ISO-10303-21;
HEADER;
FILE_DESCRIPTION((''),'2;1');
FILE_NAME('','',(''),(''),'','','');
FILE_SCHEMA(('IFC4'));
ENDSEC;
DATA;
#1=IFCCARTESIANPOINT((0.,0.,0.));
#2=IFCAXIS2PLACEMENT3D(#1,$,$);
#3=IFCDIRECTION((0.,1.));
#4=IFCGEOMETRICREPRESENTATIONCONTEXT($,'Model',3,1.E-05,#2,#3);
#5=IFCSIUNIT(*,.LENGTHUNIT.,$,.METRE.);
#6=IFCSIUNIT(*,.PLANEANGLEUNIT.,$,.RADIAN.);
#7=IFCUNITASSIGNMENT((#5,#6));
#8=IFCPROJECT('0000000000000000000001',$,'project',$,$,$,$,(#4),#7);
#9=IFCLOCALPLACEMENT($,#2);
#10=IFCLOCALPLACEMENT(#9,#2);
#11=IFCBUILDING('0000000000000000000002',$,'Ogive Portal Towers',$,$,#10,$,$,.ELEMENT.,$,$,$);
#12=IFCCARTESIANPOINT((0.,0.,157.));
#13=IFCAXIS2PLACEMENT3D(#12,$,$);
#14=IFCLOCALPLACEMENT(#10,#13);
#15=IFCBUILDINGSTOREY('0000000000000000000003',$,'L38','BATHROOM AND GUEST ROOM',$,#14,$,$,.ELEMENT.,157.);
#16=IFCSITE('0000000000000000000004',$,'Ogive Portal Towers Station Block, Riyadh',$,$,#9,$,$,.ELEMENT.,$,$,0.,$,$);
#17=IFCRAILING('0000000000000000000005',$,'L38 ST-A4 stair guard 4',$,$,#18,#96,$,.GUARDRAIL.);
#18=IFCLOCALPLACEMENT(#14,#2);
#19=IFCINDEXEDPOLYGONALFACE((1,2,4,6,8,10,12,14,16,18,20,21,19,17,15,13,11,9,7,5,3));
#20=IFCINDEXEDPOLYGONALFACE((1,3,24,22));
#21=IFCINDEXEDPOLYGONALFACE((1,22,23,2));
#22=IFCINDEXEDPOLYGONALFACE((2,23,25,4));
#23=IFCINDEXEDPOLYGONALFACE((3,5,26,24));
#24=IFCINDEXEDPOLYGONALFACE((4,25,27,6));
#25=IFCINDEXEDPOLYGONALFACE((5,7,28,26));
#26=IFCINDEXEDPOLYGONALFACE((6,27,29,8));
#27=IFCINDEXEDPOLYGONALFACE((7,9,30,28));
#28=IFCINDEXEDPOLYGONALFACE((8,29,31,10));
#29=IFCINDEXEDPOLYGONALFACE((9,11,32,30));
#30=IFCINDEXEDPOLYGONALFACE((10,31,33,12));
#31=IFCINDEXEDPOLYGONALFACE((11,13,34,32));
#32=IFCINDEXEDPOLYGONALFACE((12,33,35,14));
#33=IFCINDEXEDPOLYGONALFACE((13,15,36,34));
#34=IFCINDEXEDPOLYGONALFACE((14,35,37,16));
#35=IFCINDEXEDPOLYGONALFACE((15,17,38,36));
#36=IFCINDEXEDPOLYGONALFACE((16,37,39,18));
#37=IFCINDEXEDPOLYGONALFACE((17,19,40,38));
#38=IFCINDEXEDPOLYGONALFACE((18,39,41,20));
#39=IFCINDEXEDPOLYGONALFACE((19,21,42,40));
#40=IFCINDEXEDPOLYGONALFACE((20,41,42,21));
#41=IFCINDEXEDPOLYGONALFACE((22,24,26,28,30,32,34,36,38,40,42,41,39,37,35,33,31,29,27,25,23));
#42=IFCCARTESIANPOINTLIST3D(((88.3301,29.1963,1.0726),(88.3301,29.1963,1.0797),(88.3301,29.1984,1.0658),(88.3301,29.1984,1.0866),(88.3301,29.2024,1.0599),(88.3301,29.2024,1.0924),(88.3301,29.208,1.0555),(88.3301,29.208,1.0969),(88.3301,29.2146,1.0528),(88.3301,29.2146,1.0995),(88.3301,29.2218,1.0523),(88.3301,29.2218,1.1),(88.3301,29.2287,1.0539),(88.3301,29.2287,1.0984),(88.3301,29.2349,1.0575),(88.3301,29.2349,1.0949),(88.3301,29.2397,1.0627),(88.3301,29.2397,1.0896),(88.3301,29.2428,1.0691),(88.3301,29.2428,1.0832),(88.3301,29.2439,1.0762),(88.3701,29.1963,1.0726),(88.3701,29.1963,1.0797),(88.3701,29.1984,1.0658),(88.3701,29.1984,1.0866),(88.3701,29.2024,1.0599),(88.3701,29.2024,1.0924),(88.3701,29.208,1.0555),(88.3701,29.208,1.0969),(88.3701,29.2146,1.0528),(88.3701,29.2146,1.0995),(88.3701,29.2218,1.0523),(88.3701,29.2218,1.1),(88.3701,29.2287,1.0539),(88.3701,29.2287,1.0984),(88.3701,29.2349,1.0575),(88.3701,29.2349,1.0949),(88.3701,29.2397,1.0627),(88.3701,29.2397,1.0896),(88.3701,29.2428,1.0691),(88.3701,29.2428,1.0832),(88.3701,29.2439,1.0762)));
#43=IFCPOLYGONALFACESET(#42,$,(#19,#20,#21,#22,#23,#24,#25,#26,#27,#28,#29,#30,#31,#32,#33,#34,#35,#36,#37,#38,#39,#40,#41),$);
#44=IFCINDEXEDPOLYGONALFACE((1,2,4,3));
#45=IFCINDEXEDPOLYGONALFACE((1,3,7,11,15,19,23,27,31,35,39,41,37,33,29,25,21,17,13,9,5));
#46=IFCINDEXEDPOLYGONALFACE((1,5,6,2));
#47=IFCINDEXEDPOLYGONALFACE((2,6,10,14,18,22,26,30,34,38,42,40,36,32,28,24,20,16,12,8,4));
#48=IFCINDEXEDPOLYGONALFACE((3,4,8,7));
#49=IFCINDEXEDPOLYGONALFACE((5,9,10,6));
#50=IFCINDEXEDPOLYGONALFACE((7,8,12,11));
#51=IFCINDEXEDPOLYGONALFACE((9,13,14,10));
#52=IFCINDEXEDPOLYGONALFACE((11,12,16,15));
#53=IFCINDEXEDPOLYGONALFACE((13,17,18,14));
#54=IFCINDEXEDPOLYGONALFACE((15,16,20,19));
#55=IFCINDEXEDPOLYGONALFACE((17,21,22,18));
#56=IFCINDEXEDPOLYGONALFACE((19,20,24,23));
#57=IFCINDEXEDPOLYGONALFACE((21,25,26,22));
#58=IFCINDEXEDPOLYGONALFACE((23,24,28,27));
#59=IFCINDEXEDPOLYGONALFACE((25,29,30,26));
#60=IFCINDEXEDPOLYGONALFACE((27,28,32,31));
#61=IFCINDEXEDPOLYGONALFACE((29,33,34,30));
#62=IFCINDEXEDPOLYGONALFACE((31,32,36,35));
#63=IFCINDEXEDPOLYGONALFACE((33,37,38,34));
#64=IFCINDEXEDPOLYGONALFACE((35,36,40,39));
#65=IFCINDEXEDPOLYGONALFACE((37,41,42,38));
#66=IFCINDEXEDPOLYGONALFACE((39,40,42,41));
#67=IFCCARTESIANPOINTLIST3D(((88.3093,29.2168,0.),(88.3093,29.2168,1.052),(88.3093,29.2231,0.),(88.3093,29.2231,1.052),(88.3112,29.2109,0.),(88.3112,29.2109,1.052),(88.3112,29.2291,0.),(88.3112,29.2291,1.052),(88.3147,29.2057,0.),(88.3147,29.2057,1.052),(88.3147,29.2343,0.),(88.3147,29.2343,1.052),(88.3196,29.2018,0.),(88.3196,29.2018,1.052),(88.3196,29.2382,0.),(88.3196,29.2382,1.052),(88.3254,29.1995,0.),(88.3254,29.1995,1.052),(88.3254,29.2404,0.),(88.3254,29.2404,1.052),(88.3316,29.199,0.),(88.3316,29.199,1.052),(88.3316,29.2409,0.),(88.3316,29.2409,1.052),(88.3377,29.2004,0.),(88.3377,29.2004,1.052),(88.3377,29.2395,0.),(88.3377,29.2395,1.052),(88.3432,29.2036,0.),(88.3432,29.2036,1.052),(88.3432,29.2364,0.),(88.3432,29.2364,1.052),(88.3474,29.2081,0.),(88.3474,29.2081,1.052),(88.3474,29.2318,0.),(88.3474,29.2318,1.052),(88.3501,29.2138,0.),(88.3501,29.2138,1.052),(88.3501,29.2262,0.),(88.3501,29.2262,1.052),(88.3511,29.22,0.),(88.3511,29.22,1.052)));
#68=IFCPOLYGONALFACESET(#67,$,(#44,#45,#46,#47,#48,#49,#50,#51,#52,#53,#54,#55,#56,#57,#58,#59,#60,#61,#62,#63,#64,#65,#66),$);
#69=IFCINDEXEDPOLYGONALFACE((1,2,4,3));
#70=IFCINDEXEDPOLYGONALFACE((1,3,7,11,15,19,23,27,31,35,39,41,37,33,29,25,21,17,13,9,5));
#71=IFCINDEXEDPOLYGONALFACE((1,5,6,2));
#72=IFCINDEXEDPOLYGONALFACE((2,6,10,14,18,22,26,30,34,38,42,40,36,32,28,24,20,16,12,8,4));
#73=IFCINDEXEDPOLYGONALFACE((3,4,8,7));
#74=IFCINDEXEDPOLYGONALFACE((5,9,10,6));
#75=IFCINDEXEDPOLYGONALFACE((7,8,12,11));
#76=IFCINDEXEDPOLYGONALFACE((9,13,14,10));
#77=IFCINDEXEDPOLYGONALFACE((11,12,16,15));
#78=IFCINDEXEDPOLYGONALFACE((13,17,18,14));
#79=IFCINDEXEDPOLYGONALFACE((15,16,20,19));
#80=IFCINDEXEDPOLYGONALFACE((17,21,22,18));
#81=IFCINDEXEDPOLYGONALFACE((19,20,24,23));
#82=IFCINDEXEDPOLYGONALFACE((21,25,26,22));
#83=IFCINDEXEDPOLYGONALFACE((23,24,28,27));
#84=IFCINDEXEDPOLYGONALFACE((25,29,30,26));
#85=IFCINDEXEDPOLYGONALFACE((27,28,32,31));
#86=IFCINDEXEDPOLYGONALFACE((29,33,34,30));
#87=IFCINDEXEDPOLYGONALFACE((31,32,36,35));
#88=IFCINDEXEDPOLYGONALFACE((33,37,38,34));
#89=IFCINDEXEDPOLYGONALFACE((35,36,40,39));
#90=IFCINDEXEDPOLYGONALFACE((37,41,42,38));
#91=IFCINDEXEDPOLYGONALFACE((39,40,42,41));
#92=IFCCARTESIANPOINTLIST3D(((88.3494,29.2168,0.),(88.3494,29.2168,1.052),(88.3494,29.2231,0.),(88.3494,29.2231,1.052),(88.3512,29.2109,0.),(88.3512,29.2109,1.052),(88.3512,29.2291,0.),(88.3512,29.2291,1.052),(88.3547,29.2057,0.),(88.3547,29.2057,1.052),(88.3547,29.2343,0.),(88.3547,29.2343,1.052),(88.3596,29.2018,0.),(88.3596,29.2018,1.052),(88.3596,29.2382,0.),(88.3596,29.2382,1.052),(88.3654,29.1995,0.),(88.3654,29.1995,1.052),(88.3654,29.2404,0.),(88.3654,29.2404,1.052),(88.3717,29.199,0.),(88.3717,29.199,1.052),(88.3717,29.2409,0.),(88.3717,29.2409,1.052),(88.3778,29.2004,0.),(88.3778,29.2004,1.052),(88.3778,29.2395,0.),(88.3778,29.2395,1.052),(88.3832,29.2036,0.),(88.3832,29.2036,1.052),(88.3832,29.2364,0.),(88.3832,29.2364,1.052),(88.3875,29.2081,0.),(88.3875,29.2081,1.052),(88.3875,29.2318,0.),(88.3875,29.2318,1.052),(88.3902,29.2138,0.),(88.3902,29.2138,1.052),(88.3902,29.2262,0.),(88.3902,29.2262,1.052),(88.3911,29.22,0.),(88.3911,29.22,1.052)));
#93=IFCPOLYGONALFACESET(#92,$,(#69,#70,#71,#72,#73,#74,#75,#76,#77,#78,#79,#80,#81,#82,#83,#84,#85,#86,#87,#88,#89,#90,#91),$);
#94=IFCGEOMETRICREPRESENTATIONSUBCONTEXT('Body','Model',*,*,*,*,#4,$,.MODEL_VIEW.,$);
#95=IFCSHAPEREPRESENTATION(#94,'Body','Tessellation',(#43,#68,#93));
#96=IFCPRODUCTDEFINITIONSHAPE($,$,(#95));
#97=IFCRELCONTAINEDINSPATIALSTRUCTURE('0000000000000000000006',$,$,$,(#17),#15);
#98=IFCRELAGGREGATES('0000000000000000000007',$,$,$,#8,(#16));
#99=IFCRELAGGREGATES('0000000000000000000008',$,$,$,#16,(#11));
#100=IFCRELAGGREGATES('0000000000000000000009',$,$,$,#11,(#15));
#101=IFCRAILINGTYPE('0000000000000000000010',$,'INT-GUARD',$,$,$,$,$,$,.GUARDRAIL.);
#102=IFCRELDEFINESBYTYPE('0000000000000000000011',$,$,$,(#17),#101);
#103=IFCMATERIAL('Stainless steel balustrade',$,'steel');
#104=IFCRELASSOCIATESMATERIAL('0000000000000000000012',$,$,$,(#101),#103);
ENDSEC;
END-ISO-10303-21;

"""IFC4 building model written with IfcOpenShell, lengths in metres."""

from ifc_helpers import new_model, si_unit, direction, frame, origin, origin_2d, place, context, subcontext, project, spatial, circle, extrude, material, type_object, element, save


model = new_model("IFC4")

# Units and contexts
model_context = context("Model", 3, precision=1e-05, world=origin(), true_north=direction((0.0, 1.0)))
body_context = subcontext(model_context, "Body", "Model", "MODEL_VIEW")
ifc_project = project(units=[si_unit("LENGTHUNIT", "METRE"), si_unit("PLANEANGLEUNIT", "RADIAN")], contexts=[model_context])

# Site, building, storey
site_placement = place(None, origin())
site = spatial("IfcSite", under=ifc_project, at=site_placement, Name="Ogive Portal Towers Station Block, Riyadh", CompositionType="ELEMENT", RefElevation=0.0)
building_placement = place(site_placement, origin())
building = spatial("IfcBuilding", under=site, at=building_placement, Name="Ogive Portal Towers", CompositionType="ELEMENT")
storey_placement = place(building_placement, frame((0.0, 0.0, 157.0)))
storey = spatial("IfcBuildingStorey", under=building, at=storey_placement, Name="L38", Description="BATHROOM AND GUEST ROOM", CompositionType="ELEMENT", Elevation=157.0)

# Railing
ifc_material_1 = material(Name="Stainless steel balustrade", Category="steel")
railing_type_1 = type_object("IfcRailingType", Name="INT-GUARD", PredefinedType="GUARDRAIL", material=ifc_material_1)
railing_1_placement = place(storey_placement, frame((88.3301, 29.22, 0.0)))
element("IfcRailing", 1, at=railing_1_placement, inside=storey, type_object=railing_type_1, Name="L38 ST-A4 stair guard 4", PredefinedType="GUARDRAIL", context=body_context, shape_type="SweptSolid", body=[
    extrude(circle(Radius=0.0239, at=origin_2d()), frame((0.0, 0.0, 1.0762), z_axis=(1.0, 0.0, 0.0), x_axis=(0.0, 1.0, 0.0)), (0.0, 0.0, 1.0), 0.04),
    extrude(circle(Radius=0.021, at=origin_2d()), origin(), (0.0, 0.0, 1.0), 1.052),
    extrude(circle(Radius=0.021, at=origin_2d()), frame((0.04, 0.0, 0.0)), (0.0, 0.0, 1.0), 1.052),
])

save(model, "model.ifc")
